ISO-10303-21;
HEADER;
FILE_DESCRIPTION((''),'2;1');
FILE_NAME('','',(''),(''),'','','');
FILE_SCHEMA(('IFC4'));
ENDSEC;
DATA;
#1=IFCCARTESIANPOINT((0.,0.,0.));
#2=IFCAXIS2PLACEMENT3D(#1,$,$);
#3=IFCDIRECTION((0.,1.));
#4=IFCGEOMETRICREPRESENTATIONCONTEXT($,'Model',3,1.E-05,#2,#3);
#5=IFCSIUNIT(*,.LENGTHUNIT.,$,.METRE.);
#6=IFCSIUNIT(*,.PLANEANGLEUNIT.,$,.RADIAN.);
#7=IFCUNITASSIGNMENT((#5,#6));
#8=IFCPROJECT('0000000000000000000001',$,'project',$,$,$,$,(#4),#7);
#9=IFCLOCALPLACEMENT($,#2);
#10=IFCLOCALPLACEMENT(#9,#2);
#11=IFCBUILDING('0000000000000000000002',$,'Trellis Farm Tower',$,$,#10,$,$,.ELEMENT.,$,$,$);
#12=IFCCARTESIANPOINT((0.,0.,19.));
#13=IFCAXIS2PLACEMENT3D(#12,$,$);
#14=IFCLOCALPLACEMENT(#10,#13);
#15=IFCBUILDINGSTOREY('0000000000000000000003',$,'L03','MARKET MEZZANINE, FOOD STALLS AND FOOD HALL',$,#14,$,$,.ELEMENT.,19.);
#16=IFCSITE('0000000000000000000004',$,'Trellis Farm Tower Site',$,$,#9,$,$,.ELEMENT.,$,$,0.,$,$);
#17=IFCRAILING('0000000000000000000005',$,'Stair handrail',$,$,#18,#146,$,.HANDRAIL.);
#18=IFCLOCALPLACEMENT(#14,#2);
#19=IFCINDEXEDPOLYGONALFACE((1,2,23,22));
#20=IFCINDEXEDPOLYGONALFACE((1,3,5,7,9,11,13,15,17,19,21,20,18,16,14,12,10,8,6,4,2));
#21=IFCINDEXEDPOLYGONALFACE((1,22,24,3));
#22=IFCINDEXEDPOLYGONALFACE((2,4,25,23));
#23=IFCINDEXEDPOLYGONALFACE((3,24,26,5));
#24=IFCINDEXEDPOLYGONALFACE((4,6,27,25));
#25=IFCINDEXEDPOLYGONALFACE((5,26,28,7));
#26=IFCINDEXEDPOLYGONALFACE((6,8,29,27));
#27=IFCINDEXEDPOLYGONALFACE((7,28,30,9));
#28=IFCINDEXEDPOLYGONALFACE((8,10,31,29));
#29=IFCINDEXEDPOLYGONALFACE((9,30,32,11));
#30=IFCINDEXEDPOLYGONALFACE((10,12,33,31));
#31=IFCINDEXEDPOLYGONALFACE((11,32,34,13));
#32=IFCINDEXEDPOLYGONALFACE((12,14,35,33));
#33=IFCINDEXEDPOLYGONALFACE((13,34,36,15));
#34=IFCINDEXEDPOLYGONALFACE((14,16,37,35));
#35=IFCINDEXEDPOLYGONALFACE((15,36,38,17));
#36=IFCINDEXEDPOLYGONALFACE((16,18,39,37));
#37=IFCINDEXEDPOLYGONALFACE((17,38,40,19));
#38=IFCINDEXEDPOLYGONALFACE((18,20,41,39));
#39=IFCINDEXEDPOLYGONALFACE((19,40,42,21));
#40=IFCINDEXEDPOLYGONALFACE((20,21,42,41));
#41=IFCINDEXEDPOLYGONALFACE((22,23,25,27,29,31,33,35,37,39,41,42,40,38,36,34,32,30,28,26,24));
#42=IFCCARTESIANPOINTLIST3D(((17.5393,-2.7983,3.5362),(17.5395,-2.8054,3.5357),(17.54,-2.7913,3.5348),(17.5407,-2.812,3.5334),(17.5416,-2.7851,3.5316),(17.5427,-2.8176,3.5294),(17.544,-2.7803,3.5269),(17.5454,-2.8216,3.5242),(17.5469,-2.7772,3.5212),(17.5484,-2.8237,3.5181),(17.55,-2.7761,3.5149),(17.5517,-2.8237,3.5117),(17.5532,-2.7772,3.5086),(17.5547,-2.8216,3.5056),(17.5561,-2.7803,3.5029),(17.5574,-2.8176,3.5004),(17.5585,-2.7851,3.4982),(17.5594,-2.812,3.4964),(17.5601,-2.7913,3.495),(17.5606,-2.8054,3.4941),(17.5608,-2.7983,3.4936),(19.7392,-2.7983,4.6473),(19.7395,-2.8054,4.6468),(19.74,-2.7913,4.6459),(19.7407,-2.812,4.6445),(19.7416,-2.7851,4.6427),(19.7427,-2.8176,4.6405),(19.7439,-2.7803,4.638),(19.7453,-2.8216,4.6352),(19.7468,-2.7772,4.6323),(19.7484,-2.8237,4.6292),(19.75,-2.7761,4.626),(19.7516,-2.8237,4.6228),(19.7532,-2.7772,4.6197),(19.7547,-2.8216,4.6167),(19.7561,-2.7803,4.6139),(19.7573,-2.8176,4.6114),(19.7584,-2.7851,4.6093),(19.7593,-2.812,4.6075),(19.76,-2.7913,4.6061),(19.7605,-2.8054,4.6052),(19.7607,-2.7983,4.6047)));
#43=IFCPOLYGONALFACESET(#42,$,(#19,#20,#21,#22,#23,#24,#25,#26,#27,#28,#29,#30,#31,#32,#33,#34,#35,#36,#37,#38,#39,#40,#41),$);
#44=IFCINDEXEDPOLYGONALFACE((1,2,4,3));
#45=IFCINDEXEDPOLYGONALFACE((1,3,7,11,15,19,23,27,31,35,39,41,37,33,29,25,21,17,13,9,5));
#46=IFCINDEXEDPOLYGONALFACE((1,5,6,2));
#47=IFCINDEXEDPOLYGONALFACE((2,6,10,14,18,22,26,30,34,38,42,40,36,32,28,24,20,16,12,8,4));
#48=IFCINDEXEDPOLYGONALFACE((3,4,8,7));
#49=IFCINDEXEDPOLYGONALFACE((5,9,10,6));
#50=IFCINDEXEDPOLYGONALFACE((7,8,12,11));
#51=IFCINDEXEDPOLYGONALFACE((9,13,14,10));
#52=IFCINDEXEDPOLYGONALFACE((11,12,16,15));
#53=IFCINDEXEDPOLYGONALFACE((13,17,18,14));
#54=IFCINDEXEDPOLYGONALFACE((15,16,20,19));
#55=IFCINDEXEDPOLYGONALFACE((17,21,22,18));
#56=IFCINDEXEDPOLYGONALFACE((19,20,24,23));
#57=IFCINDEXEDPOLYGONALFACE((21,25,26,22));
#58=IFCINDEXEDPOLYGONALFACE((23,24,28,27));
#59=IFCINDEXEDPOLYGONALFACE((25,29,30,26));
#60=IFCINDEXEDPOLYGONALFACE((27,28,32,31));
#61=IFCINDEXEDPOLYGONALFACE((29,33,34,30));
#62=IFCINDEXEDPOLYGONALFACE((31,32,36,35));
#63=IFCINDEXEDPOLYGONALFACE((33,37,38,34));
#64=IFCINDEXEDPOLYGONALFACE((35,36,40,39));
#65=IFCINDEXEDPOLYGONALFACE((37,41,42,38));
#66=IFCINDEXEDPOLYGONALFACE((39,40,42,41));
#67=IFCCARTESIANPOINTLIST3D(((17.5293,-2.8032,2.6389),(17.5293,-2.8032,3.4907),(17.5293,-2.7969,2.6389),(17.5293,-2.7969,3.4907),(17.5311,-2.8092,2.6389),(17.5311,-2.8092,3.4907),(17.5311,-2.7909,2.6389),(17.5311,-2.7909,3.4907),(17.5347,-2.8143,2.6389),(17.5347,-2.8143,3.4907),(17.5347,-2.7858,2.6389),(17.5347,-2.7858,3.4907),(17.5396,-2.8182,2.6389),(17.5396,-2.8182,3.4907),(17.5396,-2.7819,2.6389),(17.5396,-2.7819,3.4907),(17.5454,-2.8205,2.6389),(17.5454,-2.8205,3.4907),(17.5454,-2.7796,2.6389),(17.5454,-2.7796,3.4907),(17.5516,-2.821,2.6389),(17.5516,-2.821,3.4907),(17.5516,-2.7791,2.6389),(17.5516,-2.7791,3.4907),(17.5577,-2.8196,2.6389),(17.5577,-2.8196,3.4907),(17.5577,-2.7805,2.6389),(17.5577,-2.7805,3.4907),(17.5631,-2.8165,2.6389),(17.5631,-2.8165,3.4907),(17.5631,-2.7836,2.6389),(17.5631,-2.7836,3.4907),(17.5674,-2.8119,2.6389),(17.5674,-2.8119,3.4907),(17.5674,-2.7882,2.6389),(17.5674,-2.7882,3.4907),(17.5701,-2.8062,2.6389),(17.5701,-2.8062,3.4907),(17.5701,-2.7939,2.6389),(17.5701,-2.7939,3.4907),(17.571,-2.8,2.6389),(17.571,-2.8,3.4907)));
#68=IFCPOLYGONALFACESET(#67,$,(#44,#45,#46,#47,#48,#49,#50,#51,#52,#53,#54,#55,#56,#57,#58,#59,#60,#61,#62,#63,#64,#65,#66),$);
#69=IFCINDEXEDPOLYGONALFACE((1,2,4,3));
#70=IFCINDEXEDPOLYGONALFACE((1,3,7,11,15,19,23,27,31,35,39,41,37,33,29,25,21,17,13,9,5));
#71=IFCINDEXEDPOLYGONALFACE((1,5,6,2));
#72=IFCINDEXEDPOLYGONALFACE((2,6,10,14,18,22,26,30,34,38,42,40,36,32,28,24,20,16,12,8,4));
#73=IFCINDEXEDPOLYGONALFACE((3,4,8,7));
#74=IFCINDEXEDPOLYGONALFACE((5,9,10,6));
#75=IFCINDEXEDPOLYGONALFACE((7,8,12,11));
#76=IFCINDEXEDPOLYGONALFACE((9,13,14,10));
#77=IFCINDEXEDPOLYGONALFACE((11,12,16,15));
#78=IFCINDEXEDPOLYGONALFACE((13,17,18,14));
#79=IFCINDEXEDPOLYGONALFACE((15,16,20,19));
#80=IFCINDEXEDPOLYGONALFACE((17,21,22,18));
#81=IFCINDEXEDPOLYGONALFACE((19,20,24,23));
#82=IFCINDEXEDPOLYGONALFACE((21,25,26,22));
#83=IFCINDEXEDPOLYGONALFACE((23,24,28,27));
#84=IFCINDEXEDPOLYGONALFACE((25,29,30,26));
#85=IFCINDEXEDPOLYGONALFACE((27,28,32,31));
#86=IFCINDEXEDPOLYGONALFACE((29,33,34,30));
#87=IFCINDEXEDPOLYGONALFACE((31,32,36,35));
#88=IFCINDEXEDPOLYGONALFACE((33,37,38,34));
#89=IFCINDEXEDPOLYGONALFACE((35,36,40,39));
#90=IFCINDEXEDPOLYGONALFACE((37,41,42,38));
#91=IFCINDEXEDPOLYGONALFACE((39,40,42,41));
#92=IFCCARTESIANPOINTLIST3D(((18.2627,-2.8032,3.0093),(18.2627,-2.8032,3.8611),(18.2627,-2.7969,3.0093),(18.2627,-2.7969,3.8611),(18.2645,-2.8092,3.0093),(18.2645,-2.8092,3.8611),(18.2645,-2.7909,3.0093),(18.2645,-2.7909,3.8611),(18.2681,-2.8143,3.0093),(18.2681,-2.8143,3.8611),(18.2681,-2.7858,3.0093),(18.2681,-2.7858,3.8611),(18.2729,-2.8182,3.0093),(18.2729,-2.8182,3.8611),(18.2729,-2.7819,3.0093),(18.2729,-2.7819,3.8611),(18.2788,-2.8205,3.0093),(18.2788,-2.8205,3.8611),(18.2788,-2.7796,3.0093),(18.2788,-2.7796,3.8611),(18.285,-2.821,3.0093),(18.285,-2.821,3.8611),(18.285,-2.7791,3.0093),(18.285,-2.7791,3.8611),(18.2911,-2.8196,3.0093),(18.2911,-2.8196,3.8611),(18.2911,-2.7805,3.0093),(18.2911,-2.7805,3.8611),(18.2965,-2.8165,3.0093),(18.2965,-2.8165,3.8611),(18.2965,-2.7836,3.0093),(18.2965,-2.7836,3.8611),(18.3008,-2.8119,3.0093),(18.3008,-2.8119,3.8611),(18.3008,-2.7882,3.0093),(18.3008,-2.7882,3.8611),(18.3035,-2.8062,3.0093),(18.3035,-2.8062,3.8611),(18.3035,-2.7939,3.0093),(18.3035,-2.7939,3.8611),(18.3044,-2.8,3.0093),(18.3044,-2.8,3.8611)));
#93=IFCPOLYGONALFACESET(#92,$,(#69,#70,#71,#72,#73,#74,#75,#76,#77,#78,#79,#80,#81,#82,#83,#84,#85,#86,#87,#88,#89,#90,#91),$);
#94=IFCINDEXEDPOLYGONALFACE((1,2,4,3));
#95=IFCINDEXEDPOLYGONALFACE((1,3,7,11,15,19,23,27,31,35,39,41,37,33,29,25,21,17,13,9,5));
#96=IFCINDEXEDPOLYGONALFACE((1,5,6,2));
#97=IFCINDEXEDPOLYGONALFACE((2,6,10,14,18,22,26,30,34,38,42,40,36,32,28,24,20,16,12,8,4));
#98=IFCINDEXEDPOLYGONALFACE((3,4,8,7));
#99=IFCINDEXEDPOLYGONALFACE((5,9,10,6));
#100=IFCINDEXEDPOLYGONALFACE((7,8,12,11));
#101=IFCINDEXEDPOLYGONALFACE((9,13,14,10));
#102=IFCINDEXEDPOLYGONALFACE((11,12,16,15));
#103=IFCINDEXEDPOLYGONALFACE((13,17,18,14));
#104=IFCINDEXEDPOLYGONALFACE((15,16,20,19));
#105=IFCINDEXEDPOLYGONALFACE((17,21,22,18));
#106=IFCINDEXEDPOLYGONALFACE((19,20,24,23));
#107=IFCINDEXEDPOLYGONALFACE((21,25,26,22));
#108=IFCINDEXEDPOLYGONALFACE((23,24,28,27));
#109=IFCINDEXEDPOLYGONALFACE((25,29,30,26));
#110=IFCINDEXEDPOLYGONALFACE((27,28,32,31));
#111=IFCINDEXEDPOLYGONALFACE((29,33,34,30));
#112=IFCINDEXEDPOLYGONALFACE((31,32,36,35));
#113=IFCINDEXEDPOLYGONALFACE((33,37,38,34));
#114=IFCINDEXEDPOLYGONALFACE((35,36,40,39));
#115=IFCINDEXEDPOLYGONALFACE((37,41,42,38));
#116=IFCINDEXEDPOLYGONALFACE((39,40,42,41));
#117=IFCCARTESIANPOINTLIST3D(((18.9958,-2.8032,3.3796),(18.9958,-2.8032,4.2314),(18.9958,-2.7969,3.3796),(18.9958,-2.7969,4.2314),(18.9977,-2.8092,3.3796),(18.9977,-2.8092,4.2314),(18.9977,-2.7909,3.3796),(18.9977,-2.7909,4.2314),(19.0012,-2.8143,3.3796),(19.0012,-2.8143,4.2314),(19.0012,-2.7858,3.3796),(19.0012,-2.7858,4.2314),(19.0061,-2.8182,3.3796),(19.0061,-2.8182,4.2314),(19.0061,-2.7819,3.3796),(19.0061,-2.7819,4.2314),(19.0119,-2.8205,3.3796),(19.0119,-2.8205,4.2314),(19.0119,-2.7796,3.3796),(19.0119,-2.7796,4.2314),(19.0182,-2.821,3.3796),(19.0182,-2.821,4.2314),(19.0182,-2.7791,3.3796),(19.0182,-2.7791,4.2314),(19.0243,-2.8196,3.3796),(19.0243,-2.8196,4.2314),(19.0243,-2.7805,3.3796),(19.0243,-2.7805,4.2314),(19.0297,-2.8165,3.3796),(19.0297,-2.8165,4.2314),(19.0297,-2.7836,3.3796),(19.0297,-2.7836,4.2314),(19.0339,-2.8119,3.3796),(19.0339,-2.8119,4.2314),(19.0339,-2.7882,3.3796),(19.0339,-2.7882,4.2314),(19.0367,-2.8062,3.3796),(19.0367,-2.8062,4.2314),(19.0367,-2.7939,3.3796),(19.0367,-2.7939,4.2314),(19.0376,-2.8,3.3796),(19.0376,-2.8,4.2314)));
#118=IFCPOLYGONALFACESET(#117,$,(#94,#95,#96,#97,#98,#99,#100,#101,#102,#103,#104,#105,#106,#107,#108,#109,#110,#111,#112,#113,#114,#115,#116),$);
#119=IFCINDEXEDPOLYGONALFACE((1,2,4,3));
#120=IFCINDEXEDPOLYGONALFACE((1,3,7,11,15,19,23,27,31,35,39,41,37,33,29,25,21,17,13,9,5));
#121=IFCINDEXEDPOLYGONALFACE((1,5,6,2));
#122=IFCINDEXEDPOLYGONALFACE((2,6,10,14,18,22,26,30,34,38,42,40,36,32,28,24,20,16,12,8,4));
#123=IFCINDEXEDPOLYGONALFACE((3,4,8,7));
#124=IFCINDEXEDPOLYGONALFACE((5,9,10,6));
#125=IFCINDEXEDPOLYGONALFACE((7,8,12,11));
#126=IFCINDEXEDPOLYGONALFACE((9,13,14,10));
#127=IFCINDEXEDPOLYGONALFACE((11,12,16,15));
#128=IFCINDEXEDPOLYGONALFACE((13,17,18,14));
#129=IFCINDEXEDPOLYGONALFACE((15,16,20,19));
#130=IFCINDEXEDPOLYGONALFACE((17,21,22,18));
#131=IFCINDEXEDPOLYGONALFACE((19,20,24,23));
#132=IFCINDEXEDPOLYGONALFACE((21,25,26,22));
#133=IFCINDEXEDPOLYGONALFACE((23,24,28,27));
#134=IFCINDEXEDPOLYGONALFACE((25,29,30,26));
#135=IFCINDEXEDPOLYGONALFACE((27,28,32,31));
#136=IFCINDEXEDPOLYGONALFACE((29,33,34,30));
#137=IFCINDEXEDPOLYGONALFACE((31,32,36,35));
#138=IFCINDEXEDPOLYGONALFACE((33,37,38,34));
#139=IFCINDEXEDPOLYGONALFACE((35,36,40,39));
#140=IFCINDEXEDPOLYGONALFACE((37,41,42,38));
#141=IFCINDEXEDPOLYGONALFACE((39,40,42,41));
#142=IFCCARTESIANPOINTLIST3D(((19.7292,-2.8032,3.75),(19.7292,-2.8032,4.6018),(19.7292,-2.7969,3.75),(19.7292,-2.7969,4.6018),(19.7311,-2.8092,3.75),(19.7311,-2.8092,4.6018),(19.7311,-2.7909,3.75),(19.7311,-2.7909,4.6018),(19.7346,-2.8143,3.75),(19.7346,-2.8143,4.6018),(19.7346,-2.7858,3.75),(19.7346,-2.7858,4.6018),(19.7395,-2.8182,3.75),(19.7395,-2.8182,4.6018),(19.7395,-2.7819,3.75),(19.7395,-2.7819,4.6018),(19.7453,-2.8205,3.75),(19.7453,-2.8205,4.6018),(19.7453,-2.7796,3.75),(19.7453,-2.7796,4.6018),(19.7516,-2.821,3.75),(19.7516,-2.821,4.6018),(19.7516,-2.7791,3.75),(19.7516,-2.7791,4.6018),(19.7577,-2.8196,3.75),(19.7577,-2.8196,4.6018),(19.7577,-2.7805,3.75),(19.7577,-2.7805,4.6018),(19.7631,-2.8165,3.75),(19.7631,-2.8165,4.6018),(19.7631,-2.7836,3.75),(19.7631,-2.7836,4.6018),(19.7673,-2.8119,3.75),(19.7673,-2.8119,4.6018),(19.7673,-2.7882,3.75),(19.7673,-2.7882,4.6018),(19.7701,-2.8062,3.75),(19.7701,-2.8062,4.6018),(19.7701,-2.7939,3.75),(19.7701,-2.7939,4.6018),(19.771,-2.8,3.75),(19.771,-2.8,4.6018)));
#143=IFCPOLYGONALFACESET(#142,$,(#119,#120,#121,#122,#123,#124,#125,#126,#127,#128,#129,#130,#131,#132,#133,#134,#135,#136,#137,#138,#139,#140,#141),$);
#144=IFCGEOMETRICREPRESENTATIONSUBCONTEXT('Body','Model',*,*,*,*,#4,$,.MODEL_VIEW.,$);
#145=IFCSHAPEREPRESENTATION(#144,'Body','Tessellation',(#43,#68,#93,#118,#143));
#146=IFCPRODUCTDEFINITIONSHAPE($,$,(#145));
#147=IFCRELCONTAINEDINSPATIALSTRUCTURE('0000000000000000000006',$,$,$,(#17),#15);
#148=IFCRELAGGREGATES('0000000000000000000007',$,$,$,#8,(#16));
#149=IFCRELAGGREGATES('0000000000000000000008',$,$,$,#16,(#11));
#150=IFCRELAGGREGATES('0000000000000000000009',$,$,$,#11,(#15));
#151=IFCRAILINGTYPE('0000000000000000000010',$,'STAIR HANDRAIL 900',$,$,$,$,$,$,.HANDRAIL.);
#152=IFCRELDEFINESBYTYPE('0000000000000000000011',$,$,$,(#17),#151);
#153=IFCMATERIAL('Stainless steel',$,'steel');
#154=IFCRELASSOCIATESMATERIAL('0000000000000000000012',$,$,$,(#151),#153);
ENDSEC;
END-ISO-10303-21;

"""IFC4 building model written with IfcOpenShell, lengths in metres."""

from ifc_helpers import new_model, si_unit, direction, frame, origin, origin_2d, place, context, subcontext, project, spatial, circle, extrude, source, transform, mapped, material, type_object, element, save


model = new_model("IFC4")

# Units and contexts
model_context = context("Model", 3, precision=1e-05, world=origin(), true_north=direction((0.0, 1.0)))
body_context = subcontext(model_context, "Body", "Model", "MODEL_VIEW")
ifc_project = project(units=[si_unit("LENGTHUNIT", "METRE"), si_unit("PLANEANGLEUNIT", "RADIAN")], contexts=[model_context])

# Site, building, storey
site_placement = place(None, origin())
site = spatial("IfcSite", under=ifc_project, at=site_placement, Name="Trellis Farm Tower Site", CompositionType="ELEMENT", RefElevation=0.0)
building_placement = place(site_placement, origin())
building = spatial("IfcBuilding", under=site, at=building_placement, Name="Trellis Farm Tower", CompositionType="ELEMENT")
storey_placement = place(building_placement, frame((0.0, 0.0, 19.0)))
storey = spatial("IfcBuildingStorey", under=building, at=storey_placement, Name="L03", Description="MARKET MEZZANINE, FOOD STALLS AND FOOD HALL", CompositionType="ELEMENT", Elevation=19.0)

# Railing
ifc_material_1 = material(Name="Stainless steel", Category="steel")
railing_type = type_object("IfcRailingType", Name="STAIR HANDRAIL 900", PredefinedType="HANDRAIL", material=ifc_material_1)
shared_shape_1 = source(origin(), body_context, "Body", "SweptSolid", [
    extrude(circle(Radius=0.0239, at=origin_2d()), frame((0.0, 0.0, 0.876), z_axis=(0.892617, 0.0, 0.450816), x_axis=(0.0, 1.0, 0.0)), (0.0, 0.0, 1.0), 2.4646),
    extrude(circle(Radius=0.021, at=origin_2d()), origin(), (0.0, 0.0, 1.0), 0.8518),
    extrude(circle(Radius=0.021, at=origin_2d()), frame((0.7334, 0.0, 0.3704)), (0.0, 0.0, 1.0), 0.8518),
    extrude(circle(Radius=0.021, at=origin_2d()), frame((1.4666, 0.0, 0.7407)), (0.0, 0.0, 1.0), 0.8518),
    extrude(circle(Radius=0.021, at=origin_2d()), frame((2.2, 0.0, 1.1111)), (0.0, 0.0, 1.0), 0.8518),
])
for number, where, name in (
    (1, (17.55, -2.8, 2.6389), "Stair handrail"),
):
    element("IfcRailing", number, at=place(storey_placement, frame(where)), inside=storey, type_object=railing_type, Name=name, PredefinedType="HANDRAIL", context=body_context, shape_type="MappedRepresentation", body=[
        mapped(shared_shape_1, transform((0.0, 0.0, 0.0))),
    ])

save(model, "model.ifc")
